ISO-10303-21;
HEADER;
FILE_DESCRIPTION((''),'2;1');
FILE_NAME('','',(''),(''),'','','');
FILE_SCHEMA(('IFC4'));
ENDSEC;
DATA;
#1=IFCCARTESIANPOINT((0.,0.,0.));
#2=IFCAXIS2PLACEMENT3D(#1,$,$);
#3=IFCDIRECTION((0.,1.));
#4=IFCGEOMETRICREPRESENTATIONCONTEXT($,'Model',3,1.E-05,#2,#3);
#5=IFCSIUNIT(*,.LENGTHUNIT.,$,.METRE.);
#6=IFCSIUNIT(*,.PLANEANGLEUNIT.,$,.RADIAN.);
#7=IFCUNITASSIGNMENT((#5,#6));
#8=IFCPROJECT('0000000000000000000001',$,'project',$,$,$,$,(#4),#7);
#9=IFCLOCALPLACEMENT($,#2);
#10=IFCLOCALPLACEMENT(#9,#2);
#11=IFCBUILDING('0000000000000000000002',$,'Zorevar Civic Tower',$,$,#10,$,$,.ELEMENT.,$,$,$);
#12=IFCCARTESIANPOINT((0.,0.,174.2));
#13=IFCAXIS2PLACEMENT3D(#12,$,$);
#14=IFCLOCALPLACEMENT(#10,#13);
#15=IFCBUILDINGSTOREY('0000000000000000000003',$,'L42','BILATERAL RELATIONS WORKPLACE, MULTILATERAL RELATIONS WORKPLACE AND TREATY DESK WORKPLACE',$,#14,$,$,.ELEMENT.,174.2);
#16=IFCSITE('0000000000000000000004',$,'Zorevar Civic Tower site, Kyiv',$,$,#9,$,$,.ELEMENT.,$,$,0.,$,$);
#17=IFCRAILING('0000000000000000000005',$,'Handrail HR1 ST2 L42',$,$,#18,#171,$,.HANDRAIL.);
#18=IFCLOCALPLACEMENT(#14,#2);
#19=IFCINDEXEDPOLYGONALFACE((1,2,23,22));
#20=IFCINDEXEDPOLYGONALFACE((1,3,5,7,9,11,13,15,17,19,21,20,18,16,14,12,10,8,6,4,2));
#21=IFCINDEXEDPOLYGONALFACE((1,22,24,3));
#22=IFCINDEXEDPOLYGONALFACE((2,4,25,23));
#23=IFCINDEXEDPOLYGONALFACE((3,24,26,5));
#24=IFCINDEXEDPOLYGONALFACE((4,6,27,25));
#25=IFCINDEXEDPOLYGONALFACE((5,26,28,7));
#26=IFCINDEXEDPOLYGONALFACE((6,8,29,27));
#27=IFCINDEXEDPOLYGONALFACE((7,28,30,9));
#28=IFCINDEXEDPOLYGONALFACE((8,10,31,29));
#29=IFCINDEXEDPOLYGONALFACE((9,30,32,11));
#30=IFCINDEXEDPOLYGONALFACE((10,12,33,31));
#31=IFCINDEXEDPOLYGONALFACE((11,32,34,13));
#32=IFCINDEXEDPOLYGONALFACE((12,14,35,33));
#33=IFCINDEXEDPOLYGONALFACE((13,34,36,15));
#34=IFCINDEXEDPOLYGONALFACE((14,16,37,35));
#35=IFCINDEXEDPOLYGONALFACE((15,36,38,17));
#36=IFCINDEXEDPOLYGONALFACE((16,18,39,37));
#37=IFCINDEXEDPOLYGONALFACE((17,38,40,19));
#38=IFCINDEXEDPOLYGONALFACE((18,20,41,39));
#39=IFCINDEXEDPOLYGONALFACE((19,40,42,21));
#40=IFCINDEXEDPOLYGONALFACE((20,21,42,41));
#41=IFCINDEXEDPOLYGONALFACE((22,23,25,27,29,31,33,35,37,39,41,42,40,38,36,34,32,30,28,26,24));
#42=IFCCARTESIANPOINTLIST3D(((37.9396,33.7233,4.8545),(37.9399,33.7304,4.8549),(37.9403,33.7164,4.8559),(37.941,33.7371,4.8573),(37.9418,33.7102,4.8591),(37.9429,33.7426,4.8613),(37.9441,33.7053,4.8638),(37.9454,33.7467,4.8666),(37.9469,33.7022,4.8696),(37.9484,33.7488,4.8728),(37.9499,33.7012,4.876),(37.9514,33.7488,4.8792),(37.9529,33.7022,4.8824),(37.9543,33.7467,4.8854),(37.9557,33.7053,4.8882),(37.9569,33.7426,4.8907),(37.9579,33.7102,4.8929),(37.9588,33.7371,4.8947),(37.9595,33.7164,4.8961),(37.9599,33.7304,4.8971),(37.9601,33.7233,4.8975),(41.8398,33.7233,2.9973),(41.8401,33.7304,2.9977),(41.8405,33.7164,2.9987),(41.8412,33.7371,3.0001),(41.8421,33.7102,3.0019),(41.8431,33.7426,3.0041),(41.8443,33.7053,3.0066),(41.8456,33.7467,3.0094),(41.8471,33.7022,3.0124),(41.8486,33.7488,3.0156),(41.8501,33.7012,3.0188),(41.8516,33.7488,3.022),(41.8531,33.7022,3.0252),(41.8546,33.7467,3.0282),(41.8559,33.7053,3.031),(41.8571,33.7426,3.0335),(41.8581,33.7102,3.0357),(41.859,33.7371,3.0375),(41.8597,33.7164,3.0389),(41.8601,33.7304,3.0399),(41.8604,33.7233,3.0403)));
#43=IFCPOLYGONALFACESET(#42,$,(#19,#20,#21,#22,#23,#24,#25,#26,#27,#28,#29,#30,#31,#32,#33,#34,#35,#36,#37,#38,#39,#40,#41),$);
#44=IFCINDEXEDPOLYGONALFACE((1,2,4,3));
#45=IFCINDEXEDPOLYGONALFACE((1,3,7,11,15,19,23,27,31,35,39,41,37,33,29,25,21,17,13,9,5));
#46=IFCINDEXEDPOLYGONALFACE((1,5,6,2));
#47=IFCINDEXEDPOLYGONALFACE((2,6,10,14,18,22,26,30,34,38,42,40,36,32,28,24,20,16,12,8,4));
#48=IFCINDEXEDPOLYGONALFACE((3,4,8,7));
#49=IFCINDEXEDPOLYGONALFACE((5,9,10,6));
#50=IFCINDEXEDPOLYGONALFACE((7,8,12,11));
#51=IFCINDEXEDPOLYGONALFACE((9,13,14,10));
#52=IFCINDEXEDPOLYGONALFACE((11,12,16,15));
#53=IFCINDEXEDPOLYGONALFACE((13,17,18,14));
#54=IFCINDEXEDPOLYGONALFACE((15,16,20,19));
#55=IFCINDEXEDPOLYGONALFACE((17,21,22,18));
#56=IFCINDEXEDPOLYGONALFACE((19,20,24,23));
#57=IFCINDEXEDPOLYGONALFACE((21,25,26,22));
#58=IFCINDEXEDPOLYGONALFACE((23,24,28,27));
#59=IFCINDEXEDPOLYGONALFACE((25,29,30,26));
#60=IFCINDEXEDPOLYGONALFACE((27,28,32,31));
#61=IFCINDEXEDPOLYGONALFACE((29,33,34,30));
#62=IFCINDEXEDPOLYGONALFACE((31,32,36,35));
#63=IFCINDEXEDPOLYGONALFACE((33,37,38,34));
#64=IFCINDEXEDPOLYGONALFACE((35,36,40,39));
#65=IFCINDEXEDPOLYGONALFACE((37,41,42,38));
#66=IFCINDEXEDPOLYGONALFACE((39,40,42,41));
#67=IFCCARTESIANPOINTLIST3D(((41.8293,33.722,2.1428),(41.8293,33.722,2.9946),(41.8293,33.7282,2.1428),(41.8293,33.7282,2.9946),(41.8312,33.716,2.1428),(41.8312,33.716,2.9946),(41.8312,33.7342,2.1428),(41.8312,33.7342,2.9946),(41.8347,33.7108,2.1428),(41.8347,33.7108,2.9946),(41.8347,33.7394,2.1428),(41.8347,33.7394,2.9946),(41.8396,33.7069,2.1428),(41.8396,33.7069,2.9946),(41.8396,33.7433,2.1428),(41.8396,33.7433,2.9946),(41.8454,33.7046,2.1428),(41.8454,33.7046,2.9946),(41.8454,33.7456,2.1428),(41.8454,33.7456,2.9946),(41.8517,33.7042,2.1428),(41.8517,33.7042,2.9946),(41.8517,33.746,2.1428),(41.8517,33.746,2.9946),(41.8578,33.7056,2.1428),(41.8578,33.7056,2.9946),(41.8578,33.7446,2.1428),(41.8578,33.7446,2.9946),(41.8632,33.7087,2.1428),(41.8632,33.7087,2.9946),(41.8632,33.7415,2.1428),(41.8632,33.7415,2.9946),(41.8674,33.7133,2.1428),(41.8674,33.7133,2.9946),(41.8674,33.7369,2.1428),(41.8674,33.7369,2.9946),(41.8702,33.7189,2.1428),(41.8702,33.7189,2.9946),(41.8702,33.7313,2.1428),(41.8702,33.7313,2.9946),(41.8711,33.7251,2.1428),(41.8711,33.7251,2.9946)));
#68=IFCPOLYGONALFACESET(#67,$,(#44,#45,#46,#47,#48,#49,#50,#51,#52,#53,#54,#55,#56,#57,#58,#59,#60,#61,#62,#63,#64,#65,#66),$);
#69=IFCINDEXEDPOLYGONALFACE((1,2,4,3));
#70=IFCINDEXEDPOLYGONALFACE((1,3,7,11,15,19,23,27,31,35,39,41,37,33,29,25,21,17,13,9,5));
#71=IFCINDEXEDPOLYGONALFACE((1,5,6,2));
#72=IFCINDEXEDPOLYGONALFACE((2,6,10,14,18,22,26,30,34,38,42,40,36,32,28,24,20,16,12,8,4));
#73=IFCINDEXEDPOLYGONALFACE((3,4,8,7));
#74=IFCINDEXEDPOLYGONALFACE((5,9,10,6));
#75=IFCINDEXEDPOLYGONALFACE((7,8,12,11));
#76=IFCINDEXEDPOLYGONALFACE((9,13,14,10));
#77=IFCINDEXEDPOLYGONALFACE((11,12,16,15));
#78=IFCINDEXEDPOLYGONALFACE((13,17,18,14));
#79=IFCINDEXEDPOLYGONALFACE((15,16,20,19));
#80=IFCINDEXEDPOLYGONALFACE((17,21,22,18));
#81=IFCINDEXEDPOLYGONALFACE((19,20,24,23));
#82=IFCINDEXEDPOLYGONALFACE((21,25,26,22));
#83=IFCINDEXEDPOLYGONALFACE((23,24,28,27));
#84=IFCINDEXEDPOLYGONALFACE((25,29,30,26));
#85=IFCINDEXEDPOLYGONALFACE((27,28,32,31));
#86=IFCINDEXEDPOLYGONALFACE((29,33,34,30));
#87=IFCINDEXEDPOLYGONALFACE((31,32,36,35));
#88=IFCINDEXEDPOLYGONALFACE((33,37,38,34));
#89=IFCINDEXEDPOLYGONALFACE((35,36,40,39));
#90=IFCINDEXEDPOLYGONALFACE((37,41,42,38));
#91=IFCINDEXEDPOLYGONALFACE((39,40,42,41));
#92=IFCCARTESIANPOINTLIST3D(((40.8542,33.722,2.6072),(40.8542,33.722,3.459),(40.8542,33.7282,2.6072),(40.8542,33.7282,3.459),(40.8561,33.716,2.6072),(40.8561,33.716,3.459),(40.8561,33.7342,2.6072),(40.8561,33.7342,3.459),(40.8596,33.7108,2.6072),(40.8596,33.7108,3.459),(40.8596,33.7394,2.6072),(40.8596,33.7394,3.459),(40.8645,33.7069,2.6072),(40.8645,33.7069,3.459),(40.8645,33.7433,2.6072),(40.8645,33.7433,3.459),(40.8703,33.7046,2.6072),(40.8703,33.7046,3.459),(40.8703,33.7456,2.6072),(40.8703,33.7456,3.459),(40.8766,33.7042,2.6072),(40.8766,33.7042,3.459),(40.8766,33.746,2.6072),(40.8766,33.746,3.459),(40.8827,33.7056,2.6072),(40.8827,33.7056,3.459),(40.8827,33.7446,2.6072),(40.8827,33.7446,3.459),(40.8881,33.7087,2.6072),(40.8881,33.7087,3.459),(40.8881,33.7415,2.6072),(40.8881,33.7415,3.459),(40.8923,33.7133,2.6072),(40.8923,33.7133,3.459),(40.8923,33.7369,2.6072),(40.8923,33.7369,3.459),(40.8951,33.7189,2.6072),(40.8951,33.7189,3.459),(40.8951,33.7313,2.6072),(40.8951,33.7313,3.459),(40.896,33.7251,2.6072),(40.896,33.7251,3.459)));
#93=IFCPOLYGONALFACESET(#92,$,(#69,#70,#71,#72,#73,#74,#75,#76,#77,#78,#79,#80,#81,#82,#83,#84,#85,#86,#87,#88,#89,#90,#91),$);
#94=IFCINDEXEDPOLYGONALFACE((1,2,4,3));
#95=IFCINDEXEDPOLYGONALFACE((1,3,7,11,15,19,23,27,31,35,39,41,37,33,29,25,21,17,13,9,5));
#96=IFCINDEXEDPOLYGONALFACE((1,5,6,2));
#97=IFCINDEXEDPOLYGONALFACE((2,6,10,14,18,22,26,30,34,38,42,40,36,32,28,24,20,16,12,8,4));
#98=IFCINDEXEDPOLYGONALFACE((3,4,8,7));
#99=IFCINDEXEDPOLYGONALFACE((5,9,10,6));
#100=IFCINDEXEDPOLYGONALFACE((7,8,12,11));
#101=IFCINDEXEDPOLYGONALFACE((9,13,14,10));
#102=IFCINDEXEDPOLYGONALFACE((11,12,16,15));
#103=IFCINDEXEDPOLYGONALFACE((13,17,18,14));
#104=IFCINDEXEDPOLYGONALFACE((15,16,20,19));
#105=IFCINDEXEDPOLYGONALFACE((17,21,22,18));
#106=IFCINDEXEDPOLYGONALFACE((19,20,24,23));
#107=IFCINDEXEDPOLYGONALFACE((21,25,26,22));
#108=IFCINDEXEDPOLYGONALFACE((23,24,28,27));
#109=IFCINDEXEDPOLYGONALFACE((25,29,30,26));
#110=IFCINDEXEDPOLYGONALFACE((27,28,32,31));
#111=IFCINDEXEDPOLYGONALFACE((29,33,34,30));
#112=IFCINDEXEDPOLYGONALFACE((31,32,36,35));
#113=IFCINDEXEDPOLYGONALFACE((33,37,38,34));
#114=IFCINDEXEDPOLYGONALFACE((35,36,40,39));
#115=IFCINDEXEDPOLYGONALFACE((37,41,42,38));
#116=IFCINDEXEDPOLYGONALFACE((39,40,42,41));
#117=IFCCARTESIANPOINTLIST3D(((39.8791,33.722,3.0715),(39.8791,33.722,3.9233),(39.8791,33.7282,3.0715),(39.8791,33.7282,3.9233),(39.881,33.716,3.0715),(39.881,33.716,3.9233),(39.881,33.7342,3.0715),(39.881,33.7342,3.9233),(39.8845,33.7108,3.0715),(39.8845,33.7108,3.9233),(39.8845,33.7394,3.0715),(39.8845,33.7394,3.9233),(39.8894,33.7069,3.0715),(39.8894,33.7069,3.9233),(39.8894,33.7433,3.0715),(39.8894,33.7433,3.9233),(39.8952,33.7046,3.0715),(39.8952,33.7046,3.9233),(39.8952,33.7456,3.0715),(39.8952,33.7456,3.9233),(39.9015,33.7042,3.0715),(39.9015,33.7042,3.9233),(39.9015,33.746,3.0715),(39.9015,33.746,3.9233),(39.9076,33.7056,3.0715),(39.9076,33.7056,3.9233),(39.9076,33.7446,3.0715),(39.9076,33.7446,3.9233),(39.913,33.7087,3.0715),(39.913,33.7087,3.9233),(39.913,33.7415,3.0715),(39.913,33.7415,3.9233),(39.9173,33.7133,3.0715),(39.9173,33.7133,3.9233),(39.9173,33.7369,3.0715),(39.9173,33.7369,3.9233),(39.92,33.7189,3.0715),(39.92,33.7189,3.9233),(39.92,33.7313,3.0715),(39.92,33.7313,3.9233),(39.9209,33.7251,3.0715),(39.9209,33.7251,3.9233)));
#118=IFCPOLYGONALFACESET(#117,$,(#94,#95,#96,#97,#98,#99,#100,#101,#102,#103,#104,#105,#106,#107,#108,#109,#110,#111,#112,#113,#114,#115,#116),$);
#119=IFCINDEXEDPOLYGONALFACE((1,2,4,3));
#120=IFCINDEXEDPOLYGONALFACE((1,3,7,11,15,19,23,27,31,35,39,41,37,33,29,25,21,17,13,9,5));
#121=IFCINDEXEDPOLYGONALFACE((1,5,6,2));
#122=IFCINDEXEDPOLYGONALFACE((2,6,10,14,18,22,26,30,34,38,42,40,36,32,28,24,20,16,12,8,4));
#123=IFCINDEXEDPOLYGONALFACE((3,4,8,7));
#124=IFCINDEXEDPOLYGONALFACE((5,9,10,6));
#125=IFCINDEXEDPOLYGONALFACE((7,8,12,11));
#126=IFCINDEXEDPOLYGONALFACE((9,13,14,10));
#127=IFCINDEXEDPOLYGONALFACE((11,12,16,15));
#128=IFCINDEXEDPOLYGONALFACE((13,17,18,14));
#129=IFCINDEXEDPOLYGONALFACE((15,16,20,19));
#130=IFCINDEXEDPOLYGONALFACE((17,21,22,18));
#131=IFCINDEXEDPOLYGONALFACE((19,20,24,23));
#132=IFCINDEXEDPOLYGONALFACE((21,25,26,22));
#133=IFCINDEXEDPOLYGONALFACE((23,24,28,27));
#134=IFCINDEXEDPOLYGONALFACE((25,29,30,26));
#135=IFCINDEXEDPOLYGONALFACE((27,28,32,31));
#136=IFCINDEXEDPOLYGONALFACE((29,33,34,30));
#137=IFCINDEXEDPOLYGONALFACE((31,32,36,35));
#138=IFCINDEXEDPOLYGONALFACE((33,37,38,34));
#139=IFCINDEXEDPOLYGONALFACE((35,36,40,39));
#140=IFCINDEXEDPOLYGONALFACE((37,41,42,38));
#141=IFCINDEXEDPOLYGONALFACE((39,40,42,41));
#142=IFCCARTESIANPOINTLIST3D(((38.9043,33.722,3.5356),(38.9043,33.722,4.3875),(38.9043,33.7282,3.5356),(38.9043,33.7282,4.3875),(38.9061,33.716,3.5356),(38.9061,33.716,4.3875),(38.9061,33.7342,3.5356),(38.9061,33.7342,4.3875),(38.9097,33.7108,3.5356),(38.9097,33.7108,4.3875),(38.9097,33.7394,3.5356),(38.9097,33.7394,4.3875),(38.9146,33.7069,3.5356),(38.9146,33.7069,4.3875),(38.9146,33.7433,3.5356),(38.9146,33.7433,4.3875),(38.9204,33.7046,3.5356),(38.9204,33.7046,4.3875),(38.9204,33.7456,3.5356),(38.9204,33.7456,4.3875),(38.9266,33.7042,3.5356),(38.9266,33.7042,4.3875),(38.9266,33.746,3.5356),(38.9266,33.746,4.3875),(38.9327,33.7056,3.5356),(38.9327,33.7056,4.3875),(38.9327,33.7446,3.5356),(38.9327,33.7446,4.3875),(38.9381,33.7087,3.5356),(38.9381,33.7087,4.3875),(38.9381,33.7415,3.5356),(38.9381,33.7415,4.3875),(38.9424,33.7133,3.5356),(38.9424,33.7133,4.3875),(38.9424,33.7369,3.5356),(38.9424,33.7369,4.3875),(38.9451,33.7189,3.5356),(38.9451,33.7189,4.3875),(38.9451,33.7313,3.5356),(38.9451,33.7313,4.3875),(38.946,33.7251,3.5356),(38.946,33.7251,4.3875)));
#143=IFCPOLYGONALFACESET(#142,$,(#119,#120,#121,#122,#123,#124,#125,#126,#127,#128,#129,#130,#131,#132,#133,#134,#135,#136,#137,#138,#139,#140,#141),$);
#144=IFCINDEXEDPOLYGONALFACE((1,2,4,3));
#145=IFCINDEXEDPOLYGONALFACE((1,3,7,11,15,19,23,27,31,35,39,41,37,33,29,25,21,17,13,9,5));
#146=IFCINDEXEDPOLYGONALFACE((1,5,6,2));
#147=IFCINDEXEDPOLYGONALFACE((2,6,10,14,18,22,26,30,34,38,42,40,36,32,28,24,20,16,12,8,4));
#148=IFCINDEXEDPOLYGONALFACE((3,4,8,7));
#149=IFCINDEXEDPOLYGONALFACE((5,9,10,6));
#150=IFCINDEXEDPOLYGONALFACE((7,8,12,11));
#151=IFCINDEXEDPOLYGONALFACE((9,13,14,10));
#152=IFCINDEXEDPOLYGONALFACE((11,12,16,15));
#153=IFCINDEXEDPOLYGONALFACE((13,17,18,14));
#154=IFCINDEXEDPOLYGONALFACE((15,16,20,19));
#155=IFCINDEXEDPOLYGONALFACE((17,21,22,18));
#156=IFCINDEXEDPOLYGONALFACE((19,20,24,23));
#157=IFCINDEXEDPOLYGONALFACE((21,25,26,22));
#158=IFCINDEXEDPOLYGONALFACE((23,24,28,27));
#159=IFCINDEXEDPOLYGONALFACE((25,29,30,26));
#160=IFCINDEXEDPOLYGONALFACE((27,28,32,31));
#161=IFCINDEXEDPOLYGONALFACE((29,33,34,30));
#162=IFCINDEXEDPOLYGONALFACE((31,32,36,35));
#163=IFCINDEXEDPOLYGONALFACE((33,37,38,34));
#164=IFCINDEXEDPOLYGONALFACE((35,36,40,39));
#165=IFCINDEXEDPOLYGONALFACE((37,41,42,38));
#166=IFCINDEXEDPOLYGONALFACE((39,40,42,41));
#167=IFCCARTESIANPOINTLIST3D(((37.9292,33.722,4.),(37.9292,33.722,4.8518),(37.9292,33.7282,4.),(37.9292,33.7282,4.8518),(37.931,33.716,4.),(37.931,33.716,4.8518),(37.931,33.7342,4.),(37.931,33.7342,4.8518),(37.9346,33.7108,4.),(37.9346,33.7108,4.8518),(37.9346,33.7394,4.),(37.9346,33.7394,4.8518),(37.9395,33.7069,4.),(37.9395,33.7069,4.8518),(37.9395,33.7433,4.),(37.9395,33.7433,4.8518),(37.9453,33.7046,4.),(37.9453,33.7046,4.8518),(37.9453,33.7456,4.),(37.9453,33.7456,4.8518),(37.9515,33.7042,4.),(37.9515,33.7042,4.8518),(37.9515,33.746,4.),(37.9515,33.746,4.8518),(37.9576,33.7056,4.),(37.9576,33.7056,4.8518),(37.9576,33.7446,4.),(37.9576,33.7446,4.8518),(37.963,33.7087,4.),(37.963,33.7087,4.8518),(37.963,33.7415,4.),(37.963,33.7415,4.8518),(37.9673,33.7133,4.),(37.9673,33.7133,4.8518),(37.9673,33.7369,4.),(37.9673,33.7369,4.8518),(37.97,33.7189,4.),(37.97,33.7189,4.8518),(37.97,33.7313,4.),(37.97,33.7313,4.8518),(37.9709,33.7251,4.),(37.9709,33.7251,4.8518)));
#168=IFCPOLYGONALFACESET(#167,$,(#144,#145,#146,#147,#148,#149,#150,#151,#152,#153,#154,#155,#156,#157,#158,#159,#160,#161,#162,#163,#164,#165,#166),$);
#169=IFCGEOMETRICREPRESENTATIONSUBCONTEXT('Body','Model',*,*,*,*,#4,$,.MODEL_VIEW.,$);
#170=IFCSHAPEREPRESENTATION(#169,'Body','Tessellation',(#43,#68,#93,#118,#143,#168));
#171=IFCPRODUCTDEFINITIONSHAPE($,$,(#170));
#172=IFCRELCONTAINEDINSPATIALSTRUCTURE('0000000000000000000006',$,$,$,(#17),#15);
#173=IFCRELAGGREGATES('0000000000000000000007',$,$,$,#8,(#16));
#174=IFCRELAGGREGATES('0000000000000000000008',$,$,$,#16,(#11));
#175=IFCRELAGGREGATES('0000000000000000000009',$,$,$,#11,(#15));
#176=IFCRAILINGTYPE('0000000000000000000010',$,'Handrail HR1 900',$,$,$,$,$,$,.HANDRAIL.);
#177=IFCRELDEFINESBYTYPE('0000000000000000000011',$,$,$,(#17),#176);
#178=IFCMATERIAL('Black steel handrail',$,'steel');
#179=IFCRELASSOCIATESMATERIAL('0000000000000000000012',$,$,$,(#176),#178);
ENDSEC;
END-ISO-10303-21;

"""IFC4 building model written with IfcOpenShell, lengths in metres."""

from ifc_helpers import new_model, si_unit, direction, frame, origin, origin_2d, place, context, subcontext, project, spatial, circle, extrude, material, type_object, element, save


model = new_model("IFC4")

# Units and contexts
model_context = context("Model", 3, precision=1e-05, world=origin(), true_north=direction((0.0, 1.0)))
body_context = subcontext(model_context, "Body", "Model", "MODEL_VIEW")
ifc_project = project(units=[si_unit("LENGTHUNIT", "METRE"), si_unit("PLANEANGLEUNIT", "RADIAN")], contexts=[model_context])

# Site, building, storey
site_placement = place(None, origin())
site = spatial("IfcSite", under=ifc_project, at=site_placement, Name="Zorevar Civic Tower site, Kyiv", CompositionType="ELEMENT", RefElevation=0.0)
building_placement = place(site_placement, origin())
building = spatial("IfcBuilding", under=site, at=building_placement, Name="Zorevar Civic Tower", CompositionType="ELEMENT")
storey_placement = place(building_placement, frame((0.0, 0.0, 174.2)))
storey = spatial("IfcBuildingStorey", under=building, at=storey_placement, Name="L42", Description="BILATERAL RELATIONS WORKPLACE, MULTILATERAL RELATIONS WORKPLACE AND TREATY DESK WORKPLACE", CompositionType="ELEMENT", Elevation=174.2)

# Railing
ifc_material_1 = material(Name="Black steel handrail", Category="steel")
railing_type = type_object("IfcRailingType", Name="Handrail HR1 900", PredefinedType="HANDRAIL", material=ifc_material_1)
railing_1_placement = place(storey_placement, frame((41.8501, 33.7251, 2.1428)))
element("IfcRailing", 1, at=railing_1_placement, inside=storey, type_object=railing_type, Name="Handrail HR1 ST2 L42", PredefinedType="HANDRAIL", context=body_context, shape_type="SweptSolid", body=[
    extrude(circle(Radius=0.0239, at=origin_2d()), frame((0.0, 0.0, 0.876), z_axis=(-0.902864, 0.0, 0.429927), x_axis=(0.0, -1.0, 0.0)), (0.0, 0.0, 1.0), 4.3198),
    extrude(circle(Radius=0.021, at=origin_2d()), origin(), (0.0, 0.0, 1.0), 0.8518),
    extrude(circle(Radius=0.021, at=origin_2d()), frame((-0.9751, 0.0, 0.4644)), (0.0, 0.0, 1.0), 0.8518),
    extrude(circle(Radius=0.021, at=origin_2d()), frame((-1.9502, 0.0, 0.9287)), (0.0, 0.0, 1.0), 0.8518),
    extrude(circle(Radius=0.021, at=origin_2d()), frame((-2.925, 0.0, 1.3928)), (0.0, 0.0, 1.0), 0.8518),
    extrude(circle(Radius=0.021, at=origin_2d()), frame((-3.9001, 0.0, 1.8572)), (0.0, 0.0, 1.0), 0.8518),
])

save(model, "model.ifc")
